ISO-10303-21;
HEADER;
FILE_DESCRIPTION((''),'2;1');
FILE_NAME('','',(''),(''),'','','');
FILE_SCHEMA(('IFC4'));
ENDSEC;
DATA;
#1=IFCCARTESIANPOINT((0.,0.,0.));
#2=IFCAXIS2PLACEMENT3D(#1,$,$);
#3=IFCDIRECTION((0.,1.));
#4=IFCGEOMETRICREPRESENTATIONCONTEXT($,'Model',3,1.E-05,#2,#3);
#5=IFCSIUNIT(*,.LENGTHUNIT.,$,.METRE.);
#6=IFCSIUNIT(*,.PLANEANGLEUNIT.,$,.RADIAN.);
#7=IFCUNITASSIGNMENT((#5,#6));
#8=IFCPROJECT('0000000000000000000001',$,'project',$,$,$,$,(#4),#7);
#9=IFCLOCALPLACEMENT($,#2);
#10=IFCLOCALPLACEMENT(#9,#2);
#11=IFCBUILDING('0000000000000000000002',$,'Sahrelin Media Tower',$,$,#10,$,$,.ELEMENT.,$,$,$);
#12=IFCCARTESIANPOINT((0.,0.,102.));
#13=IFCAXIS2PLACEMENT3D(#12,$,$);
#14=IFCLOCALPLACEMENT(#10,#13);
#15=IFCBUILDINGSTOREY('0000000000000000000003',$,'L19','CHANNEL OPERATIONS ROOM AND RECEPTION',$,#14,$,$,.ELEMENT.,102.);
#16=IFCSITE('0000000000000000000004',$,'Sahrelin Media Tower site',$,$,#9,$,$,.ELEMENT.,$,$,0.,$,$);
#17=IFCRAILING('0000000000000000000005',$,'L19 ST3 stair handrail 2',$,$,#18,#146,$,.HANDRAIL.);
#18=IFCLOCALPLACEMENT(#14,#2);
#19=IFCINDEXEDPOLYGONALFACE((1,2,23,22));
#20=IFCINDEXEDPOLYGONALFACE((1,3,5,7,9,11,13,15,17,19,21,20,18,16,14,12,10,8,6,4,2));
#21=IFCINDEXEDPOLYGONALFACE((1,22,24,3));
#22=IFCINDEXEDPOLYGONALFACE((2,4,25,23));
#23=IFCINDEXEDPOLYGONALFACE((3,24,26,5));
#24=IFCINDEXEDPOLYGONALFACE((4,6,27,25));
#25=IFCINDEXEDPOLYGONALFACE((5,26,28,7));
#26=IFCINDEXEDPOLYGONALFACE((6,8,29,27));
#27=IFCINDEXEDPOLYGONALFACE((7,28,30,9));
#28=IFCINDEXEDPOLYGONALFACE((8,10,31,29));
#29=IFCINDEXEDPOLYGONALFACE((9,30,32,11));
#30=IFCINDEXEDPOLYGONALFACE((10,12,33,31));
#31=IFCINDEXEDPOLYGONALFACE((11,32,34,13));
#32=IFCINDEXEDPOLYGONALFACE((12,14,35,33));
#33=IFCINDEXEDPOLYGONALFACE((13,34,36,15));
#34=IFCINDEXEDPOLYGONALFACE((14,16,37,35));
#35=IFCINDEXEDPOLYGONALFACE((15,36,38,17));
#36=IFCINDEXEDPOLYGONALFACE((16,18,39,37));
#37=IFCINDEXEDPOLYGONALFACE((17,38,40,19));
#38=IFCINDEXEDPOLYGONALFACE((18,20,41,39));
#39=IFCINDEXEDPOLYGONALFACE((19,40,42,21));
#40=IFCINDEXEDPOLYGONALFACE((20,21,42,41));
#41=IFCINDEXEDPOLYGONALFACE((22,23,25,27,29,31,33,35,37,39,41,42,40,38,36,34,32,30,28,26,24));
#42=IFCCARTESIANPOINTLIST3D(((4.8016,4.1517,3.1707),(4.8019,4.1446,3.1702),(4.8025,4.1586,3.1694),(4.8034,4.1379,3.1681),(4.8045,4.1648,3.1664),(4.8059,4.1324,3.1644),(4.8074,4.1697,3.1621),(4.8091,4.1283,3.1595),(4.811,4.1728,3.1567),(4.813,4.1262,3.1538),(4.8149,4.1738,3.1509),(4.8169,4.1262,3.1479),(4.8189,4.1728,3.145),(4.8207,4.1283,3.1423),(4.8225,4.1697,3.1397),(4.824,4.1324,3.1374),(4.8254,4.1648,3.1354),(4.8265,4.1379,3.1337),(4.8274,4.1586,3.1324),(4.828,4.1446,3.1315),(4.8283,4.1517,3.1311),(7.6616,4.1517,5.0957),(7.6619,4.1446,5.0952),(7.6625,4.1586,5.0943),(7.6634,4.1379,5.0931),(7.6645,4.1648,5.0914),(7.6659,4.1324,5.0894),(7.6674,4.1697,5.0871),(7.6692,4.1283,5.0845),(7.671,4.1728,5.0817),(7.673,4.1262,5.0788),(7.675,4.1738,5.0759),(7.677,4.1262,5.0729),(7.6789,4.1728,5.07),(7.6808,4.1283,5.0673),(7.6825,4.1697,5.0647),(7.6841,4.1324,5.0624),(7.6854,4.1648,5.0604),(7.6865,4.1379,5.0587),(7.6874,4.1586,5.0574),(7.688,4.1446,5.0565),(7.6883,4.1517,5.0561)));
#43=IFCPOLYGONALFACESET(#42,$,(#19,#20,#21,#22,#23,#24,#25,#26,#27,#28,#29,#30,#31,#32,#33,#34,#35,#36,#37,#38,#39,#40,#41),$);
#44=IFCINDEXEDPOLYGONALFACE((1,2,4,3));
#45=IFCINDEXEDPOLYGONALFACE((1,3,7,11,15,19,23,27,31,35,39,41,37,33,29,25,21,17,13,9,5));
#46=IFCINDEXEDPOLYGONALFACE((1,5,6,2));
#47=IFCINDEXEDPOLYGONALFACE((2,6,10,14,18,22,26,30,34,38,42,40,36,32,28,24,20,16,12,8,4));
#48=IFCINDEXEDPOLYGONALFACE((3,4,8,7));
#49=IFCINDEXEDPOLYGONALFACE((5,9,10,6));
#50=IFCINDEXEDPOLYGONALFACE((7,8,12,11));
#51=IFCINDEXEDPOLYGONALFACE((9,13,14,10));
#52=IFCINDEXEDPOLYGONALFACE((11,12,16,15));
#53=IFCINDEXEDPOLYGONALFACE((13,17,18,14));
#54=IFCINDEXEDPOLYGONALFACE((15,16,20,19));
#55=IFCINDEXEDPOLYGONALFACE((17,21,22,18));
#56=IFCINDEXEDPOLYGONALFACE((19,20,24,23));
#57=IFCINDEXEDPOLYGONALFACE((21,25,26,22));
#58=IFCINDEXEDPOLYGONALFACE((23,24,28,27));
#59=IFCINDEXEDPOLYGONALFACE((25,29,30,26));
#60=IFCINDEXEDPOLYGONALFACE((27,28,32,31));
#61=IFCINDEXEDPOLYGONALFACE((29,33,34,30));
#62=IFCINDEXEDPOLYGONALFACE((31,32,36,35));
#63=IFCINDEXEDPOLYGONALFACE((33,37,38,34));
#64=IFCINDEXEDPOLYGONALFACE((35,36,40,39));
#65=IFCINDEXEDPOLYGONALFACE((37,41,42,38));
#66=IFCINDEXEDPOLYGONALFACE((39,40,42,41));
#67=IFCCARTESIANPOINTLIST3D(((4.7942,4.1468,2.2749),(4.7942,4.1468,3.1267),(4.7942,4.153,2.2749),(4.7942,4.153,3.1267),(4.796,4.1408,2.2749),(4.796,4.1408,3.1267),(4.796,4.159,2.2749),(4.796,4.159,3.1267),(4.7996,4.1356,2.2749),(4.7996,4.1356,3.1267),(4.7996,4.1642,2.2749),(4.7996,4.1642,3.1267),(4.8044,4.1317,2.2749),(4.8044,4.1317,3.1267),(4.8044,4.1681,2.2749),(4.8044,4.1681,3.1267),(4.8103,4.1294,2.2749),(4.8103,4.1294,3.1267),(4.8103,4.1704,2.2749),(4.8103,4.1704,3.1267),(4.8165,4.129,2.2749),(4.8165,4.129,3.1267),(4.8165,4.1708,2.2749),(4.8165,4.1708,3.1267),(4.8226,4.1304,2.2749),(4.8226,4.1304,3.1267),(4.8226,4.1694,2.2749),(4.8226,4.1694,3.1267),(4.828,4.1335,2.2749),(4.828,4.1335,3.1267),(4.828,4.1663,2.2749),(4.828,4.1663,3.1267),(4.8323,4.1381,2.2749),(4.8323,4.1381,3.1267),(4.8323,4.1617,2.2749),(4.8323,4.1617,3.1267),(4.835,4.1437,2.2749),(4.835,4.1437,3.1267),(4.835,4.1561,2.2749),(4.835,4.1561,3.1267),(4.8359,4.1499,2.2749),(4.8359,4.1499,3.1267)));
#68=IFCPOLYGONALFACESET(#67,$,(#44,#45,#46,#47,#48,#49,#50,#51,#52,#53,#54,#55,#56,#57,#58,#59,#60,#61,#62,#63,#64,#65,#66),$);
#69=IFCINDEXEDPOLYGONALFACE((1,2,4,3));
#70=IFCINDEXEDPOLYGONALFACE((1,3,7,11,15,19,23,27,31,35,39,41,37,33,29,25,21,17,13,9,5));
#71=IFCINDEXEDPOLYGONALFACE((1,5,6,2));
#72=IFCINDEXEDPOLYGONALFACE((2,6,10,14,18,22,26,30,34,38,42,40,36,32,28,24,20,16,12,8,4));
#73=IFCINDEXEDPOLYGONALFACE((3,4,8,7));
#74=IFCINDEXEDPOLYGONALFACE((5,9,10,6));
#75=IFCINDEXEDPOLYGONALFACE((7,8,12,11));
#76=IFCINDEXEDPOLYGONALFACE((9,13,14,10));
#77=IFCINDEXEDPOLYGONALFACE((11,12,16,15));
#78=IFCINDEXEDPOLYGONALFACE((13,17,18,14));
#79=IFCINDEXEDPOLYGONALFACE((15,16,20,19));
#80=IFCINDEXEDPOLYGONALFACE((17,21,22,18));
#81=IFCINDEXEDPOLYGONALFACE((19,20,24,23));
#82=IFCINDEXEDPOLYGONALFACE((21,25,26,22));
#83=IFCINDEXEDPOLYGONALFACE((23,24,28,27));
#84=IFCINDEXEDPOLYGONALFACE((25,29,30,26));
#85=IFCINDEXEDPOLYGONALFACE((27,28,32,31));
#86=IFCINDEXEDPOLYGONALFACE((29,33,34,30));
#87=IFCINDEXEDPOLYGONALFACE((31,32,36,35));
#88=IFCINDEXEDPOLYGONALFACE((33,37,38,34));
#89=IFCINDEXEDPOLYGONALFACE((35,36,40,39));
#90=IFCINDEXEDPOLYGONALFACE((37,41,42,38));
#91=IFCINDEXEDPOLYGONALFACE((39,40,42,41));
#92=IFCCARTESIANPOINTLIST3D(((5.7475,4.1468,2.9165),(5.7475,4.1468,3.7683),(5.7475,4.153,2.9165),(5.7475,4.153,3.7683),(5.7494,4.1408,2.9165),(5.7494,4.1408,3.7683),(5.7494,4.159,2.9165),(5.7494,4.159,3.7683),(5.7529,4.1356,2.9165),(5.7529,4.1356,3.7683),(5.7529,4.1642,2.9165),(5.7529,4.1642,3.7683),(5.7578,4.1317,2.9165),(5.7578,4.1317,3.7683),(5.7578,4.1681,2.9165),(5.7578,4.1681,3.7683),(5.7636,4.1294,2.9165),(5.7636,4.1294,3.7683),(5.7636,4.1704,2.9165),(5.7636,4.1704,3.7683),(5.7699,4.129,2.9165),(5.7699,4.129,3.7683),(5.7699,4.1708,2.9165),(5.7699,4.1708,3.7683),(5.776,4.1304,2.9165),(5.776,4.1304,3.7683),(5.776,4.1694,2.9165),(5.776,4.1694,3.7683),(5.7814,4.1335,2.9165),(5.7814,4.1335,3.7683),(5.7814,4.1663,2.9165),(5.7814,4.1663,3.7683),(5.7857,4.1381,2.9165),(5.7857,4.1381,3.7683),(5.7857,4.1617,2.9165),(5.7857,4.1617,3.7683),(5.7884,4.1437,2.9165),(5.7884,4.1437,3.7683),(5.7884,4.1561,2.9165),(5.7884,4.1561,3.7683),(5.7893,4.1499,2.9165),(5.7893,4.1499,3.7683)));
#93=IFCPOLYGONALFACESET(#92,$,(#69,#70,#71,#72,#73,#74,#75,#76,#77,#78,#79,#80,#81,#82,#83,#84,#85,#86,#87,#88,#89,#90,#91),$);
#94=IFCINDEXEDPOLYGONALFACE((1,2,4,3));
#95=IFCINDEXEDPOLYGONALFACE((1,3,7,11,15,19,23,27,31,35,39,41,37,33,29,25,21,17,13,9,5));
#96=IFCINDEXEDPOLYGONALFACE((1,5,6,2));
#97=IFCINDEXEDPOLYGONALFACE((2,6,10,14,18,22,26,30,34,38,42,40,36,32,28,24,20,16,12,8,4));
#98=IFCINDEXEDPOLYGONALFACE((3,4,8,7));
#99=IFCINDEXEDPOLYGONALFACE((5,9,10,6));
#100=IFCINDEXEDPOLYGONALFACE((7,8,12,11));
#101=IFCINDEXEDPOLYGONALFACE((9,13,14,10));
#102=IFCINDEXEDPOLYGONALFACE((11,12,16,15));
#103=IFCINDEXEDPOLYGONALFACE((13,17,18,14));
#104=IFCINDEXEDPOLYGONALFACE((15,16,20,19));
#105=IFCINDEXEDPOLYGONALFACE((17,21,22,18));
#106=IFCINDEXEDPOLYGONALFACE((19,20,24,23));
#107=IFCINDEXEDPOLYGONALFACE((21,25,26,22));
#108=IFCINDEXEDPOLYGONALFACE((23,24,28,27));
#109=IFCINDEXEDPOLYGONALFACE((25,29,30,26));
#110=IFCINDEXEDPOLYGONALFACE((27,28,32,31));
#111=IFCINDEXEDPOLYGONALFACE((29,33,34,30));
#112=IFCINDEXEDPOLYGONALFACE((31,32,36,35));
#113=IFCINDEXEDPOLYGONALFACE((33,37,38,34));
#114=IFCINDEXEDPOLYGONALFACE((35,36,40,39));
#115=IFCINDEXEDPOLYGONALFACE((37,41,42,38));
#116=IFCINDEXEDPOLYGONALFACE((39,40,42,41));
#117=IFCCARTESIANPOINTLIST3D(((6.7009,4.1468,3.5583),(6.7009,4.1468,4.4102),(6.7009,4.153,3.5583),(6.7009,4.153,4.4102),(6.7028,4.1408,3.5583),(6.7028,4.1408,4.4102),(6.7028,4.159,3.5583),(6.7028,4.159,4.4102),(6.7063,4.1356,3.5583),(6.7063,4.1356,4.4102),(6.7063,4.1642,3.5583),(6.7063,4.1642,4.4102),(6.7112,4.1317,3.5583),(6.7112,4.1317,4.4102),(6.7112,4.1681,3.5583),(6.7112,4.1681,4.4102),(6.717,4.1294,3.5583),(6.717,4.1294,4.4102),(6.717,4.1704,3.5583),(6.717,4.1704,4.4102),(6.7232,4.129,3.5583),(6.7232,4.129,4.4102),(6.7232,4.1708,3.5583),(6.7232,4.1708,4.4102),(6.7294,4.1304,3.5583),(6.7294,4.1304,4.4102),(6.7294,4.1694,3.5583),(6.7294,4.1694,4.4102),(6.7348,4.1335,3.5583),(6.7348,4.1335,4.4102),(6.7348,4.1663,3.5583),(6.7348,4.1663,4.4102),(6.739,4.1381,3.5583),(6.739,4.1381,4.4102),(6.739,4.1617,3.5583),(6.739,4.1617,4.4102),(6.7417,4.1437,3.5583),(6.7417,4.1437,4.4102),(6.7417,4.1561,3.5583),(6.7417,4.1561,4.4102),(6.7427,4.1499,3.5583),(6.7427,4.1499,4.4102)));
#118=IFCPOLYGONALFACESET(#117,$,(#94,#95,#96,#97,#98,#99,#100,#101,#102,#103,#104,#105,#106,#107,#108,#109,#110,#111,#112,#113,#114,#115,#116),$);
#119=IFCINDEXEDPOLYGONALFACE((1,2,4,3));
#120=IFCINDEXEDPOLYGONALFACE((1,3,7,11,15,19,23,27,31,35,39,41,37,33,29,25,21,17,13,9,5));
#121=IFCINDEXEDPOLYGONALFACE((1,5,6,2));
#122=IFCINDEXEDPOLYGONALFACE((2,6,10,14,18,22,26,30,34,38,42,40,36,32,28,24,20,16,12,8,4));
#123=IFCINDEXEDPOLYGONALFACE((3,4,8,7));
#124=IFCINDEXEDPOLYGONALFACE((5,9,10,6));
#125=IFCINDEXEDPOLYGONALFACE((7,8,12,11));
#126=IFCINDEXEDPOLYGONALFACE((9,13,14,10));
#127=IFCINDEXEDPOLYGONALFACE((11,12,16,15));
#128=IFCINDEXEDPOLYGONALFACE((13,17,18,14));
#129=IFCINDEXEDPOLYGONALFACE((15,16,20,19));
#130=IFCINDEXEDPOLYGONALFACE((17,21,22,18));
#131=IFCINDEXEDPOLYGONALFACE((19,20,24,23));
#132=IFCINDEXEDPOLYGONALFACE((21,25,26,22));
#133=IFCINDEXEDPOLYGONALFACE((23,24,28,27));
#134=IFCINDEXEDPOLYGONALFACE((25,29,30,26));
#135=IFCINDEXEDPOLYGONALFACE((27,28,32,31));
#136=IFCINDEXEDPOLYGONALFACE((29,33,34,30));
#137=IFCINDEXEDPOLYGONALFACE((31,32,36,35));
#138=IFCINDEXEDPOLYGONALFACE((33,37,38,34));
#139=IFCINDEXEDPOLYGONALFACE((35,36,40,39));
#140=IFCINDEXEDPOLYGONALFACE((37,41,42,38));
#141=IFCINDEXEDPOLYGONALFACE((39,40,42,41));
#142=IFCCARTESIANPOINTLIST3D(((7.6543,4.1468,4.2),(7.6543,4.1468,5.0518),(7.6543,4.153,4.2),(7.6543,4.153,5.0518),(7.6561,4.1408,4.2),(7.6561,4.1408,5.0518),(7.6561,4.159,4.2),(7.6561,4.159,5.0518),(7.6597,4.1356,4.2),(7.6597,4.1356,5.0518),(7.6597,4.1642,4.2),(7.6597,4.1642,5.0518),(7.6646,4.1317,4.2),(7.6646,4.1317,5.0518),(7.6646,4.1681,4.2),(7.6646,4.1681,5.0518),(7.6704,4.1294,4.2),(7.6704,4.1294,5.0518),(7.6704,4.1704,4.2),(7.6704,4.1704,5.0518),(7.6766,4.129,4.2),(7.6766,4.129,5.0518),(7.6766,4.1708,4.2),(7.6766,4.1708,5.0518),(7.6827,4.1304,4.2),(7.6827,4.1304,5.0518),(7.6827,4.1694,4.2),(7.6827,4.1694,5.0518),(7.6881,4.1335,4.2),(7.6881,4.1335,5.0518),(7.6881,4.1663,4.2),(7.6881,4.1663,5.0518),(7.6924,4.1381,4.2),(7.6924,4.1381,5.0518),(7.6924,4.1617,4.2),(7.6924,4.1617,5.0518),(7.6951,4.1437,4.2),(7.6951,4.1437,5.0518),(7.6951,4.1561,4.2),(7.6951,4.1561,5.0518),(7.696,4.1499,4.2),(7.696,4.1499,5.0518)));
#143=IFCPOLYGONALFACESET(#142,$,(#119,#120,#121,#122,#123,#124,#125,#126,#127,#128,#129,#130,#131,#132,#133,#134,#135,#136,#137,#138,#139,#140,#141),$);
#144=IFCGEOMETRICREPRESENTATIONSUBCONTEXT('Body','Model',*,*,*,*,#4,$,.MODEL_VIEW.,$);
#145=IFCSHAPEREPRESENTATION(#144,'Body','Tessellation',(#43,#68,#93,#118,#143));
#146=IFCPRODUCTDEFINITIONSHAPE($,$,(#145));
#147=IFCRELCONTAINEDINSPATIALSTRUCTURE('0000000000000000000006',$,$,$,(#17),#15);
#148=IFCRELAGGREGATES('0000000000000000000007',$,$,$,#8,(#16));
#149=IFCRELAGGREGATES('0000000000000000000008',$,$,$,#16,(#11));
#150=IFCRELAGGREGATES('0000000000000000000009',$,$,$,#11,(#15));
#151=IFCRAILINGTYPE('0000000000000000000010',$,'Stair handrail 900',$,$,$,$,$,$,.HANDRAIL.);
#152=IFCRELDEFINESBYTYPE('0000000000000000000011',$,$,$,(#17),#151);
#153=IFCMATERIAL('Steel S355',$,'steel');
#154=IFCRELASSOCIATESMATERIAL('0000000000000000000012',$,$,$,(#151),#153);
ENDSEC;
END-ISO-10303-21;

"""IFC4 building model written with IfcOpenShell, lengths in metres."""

from ifc_helpers import new_model, si_unit, direction, frame, origin, origin_2d, place, context, subcontext, project, spatial, circle, extrude, material, type_object, element, save


model = new_model("IFC4")

# Units and contexts
model_context = context("Model", 3, precision=1e-05, world=origin(), true_north=direction((0.0, 1.0)))
body_context = subcontext(model_context, "Body", "Model", "MODEL_VIEW")
ifc_project = project(units=[si_unit("LENGTHUNIT", "METRE"), si_unit("PLANEANGLEUNIT", "RADIAN")], contexts=[model_context])

# Site, building, storey
site_placement = place(None, origin())
site = spatial("IfcSite", under=ifc_project, at=site_placement, Name="Sahrelin Media Tower site", CompositionType="ELEMENT", RefElevation=0.0)
building_placement = place(site_placement, origin())
building = spatial("IfcBuilding", under=site, at=building_placement, Name="Sahrelin Media Tower", CompositionType="ELEMENT")
storey_placement = place(building_placement, frame((0.0, 0.0, 102.0)))
storey = spatial("IfcBuildingStorey", under=building, at=storey_placement, Name="L19", Description="CHANNEL OPERATIONS ROOM AND RECEPTION", CompositionType="ELEMENT", Elevation=102.0)

# Shared definitions
ifc_material_1 = material(Name="Steel S355", Category="steel")

# Railing
railing_type_1 = type_object("IfcRailingType", Name="Stair handrail 900", PredefinedType="HANDRAIL", material=ifc_material_1)
railing_1_placement = place(storey_placement, frame((4.8149, 4.1499, 2.2749)))
element("IfcRailing", 1, at=railing_1_placement, inside=storey, type_object=railing_type_1, Name="L19 ST3 stair handrail 2", PredefinedType="HANDRAIL", context=body_context, shape_type="SweptSolid", body=[
    extrude(circle(Radius=0.0239, at=origin_2d()), frame((0.0, 0.0, 0.876), z_axis=(0.829591, 0.0, 0.558372), x_axis=(0.0, 1.0, 0.0)), (0.0, 0.0, 1.0), 3.4475),
    extrude(circle(Radius=0.021, at=origin_2d()), origin(), (0.0, 0.0, 1.0), 0.8518),
    extrude(circle(Radius=0.021, at=origin_2d()), frame((0.9534, 0.0, 0.6416)), (0.0, 0.0, 1.0), 0.8518),
    extrude(circle(Radius=0.021, at=origin_2d()), frame((1.9067, 0.0, 1.2834)), (0.0, 0.0, 1.0), 0.8518),
    extrude(circle(Radius=0.021, at=origin_2d()), frame((2.8601, 0.0, 1.925)), (0.0, 0.0, 1.0), 0.8518),
])

save(model, "model.ifc")
